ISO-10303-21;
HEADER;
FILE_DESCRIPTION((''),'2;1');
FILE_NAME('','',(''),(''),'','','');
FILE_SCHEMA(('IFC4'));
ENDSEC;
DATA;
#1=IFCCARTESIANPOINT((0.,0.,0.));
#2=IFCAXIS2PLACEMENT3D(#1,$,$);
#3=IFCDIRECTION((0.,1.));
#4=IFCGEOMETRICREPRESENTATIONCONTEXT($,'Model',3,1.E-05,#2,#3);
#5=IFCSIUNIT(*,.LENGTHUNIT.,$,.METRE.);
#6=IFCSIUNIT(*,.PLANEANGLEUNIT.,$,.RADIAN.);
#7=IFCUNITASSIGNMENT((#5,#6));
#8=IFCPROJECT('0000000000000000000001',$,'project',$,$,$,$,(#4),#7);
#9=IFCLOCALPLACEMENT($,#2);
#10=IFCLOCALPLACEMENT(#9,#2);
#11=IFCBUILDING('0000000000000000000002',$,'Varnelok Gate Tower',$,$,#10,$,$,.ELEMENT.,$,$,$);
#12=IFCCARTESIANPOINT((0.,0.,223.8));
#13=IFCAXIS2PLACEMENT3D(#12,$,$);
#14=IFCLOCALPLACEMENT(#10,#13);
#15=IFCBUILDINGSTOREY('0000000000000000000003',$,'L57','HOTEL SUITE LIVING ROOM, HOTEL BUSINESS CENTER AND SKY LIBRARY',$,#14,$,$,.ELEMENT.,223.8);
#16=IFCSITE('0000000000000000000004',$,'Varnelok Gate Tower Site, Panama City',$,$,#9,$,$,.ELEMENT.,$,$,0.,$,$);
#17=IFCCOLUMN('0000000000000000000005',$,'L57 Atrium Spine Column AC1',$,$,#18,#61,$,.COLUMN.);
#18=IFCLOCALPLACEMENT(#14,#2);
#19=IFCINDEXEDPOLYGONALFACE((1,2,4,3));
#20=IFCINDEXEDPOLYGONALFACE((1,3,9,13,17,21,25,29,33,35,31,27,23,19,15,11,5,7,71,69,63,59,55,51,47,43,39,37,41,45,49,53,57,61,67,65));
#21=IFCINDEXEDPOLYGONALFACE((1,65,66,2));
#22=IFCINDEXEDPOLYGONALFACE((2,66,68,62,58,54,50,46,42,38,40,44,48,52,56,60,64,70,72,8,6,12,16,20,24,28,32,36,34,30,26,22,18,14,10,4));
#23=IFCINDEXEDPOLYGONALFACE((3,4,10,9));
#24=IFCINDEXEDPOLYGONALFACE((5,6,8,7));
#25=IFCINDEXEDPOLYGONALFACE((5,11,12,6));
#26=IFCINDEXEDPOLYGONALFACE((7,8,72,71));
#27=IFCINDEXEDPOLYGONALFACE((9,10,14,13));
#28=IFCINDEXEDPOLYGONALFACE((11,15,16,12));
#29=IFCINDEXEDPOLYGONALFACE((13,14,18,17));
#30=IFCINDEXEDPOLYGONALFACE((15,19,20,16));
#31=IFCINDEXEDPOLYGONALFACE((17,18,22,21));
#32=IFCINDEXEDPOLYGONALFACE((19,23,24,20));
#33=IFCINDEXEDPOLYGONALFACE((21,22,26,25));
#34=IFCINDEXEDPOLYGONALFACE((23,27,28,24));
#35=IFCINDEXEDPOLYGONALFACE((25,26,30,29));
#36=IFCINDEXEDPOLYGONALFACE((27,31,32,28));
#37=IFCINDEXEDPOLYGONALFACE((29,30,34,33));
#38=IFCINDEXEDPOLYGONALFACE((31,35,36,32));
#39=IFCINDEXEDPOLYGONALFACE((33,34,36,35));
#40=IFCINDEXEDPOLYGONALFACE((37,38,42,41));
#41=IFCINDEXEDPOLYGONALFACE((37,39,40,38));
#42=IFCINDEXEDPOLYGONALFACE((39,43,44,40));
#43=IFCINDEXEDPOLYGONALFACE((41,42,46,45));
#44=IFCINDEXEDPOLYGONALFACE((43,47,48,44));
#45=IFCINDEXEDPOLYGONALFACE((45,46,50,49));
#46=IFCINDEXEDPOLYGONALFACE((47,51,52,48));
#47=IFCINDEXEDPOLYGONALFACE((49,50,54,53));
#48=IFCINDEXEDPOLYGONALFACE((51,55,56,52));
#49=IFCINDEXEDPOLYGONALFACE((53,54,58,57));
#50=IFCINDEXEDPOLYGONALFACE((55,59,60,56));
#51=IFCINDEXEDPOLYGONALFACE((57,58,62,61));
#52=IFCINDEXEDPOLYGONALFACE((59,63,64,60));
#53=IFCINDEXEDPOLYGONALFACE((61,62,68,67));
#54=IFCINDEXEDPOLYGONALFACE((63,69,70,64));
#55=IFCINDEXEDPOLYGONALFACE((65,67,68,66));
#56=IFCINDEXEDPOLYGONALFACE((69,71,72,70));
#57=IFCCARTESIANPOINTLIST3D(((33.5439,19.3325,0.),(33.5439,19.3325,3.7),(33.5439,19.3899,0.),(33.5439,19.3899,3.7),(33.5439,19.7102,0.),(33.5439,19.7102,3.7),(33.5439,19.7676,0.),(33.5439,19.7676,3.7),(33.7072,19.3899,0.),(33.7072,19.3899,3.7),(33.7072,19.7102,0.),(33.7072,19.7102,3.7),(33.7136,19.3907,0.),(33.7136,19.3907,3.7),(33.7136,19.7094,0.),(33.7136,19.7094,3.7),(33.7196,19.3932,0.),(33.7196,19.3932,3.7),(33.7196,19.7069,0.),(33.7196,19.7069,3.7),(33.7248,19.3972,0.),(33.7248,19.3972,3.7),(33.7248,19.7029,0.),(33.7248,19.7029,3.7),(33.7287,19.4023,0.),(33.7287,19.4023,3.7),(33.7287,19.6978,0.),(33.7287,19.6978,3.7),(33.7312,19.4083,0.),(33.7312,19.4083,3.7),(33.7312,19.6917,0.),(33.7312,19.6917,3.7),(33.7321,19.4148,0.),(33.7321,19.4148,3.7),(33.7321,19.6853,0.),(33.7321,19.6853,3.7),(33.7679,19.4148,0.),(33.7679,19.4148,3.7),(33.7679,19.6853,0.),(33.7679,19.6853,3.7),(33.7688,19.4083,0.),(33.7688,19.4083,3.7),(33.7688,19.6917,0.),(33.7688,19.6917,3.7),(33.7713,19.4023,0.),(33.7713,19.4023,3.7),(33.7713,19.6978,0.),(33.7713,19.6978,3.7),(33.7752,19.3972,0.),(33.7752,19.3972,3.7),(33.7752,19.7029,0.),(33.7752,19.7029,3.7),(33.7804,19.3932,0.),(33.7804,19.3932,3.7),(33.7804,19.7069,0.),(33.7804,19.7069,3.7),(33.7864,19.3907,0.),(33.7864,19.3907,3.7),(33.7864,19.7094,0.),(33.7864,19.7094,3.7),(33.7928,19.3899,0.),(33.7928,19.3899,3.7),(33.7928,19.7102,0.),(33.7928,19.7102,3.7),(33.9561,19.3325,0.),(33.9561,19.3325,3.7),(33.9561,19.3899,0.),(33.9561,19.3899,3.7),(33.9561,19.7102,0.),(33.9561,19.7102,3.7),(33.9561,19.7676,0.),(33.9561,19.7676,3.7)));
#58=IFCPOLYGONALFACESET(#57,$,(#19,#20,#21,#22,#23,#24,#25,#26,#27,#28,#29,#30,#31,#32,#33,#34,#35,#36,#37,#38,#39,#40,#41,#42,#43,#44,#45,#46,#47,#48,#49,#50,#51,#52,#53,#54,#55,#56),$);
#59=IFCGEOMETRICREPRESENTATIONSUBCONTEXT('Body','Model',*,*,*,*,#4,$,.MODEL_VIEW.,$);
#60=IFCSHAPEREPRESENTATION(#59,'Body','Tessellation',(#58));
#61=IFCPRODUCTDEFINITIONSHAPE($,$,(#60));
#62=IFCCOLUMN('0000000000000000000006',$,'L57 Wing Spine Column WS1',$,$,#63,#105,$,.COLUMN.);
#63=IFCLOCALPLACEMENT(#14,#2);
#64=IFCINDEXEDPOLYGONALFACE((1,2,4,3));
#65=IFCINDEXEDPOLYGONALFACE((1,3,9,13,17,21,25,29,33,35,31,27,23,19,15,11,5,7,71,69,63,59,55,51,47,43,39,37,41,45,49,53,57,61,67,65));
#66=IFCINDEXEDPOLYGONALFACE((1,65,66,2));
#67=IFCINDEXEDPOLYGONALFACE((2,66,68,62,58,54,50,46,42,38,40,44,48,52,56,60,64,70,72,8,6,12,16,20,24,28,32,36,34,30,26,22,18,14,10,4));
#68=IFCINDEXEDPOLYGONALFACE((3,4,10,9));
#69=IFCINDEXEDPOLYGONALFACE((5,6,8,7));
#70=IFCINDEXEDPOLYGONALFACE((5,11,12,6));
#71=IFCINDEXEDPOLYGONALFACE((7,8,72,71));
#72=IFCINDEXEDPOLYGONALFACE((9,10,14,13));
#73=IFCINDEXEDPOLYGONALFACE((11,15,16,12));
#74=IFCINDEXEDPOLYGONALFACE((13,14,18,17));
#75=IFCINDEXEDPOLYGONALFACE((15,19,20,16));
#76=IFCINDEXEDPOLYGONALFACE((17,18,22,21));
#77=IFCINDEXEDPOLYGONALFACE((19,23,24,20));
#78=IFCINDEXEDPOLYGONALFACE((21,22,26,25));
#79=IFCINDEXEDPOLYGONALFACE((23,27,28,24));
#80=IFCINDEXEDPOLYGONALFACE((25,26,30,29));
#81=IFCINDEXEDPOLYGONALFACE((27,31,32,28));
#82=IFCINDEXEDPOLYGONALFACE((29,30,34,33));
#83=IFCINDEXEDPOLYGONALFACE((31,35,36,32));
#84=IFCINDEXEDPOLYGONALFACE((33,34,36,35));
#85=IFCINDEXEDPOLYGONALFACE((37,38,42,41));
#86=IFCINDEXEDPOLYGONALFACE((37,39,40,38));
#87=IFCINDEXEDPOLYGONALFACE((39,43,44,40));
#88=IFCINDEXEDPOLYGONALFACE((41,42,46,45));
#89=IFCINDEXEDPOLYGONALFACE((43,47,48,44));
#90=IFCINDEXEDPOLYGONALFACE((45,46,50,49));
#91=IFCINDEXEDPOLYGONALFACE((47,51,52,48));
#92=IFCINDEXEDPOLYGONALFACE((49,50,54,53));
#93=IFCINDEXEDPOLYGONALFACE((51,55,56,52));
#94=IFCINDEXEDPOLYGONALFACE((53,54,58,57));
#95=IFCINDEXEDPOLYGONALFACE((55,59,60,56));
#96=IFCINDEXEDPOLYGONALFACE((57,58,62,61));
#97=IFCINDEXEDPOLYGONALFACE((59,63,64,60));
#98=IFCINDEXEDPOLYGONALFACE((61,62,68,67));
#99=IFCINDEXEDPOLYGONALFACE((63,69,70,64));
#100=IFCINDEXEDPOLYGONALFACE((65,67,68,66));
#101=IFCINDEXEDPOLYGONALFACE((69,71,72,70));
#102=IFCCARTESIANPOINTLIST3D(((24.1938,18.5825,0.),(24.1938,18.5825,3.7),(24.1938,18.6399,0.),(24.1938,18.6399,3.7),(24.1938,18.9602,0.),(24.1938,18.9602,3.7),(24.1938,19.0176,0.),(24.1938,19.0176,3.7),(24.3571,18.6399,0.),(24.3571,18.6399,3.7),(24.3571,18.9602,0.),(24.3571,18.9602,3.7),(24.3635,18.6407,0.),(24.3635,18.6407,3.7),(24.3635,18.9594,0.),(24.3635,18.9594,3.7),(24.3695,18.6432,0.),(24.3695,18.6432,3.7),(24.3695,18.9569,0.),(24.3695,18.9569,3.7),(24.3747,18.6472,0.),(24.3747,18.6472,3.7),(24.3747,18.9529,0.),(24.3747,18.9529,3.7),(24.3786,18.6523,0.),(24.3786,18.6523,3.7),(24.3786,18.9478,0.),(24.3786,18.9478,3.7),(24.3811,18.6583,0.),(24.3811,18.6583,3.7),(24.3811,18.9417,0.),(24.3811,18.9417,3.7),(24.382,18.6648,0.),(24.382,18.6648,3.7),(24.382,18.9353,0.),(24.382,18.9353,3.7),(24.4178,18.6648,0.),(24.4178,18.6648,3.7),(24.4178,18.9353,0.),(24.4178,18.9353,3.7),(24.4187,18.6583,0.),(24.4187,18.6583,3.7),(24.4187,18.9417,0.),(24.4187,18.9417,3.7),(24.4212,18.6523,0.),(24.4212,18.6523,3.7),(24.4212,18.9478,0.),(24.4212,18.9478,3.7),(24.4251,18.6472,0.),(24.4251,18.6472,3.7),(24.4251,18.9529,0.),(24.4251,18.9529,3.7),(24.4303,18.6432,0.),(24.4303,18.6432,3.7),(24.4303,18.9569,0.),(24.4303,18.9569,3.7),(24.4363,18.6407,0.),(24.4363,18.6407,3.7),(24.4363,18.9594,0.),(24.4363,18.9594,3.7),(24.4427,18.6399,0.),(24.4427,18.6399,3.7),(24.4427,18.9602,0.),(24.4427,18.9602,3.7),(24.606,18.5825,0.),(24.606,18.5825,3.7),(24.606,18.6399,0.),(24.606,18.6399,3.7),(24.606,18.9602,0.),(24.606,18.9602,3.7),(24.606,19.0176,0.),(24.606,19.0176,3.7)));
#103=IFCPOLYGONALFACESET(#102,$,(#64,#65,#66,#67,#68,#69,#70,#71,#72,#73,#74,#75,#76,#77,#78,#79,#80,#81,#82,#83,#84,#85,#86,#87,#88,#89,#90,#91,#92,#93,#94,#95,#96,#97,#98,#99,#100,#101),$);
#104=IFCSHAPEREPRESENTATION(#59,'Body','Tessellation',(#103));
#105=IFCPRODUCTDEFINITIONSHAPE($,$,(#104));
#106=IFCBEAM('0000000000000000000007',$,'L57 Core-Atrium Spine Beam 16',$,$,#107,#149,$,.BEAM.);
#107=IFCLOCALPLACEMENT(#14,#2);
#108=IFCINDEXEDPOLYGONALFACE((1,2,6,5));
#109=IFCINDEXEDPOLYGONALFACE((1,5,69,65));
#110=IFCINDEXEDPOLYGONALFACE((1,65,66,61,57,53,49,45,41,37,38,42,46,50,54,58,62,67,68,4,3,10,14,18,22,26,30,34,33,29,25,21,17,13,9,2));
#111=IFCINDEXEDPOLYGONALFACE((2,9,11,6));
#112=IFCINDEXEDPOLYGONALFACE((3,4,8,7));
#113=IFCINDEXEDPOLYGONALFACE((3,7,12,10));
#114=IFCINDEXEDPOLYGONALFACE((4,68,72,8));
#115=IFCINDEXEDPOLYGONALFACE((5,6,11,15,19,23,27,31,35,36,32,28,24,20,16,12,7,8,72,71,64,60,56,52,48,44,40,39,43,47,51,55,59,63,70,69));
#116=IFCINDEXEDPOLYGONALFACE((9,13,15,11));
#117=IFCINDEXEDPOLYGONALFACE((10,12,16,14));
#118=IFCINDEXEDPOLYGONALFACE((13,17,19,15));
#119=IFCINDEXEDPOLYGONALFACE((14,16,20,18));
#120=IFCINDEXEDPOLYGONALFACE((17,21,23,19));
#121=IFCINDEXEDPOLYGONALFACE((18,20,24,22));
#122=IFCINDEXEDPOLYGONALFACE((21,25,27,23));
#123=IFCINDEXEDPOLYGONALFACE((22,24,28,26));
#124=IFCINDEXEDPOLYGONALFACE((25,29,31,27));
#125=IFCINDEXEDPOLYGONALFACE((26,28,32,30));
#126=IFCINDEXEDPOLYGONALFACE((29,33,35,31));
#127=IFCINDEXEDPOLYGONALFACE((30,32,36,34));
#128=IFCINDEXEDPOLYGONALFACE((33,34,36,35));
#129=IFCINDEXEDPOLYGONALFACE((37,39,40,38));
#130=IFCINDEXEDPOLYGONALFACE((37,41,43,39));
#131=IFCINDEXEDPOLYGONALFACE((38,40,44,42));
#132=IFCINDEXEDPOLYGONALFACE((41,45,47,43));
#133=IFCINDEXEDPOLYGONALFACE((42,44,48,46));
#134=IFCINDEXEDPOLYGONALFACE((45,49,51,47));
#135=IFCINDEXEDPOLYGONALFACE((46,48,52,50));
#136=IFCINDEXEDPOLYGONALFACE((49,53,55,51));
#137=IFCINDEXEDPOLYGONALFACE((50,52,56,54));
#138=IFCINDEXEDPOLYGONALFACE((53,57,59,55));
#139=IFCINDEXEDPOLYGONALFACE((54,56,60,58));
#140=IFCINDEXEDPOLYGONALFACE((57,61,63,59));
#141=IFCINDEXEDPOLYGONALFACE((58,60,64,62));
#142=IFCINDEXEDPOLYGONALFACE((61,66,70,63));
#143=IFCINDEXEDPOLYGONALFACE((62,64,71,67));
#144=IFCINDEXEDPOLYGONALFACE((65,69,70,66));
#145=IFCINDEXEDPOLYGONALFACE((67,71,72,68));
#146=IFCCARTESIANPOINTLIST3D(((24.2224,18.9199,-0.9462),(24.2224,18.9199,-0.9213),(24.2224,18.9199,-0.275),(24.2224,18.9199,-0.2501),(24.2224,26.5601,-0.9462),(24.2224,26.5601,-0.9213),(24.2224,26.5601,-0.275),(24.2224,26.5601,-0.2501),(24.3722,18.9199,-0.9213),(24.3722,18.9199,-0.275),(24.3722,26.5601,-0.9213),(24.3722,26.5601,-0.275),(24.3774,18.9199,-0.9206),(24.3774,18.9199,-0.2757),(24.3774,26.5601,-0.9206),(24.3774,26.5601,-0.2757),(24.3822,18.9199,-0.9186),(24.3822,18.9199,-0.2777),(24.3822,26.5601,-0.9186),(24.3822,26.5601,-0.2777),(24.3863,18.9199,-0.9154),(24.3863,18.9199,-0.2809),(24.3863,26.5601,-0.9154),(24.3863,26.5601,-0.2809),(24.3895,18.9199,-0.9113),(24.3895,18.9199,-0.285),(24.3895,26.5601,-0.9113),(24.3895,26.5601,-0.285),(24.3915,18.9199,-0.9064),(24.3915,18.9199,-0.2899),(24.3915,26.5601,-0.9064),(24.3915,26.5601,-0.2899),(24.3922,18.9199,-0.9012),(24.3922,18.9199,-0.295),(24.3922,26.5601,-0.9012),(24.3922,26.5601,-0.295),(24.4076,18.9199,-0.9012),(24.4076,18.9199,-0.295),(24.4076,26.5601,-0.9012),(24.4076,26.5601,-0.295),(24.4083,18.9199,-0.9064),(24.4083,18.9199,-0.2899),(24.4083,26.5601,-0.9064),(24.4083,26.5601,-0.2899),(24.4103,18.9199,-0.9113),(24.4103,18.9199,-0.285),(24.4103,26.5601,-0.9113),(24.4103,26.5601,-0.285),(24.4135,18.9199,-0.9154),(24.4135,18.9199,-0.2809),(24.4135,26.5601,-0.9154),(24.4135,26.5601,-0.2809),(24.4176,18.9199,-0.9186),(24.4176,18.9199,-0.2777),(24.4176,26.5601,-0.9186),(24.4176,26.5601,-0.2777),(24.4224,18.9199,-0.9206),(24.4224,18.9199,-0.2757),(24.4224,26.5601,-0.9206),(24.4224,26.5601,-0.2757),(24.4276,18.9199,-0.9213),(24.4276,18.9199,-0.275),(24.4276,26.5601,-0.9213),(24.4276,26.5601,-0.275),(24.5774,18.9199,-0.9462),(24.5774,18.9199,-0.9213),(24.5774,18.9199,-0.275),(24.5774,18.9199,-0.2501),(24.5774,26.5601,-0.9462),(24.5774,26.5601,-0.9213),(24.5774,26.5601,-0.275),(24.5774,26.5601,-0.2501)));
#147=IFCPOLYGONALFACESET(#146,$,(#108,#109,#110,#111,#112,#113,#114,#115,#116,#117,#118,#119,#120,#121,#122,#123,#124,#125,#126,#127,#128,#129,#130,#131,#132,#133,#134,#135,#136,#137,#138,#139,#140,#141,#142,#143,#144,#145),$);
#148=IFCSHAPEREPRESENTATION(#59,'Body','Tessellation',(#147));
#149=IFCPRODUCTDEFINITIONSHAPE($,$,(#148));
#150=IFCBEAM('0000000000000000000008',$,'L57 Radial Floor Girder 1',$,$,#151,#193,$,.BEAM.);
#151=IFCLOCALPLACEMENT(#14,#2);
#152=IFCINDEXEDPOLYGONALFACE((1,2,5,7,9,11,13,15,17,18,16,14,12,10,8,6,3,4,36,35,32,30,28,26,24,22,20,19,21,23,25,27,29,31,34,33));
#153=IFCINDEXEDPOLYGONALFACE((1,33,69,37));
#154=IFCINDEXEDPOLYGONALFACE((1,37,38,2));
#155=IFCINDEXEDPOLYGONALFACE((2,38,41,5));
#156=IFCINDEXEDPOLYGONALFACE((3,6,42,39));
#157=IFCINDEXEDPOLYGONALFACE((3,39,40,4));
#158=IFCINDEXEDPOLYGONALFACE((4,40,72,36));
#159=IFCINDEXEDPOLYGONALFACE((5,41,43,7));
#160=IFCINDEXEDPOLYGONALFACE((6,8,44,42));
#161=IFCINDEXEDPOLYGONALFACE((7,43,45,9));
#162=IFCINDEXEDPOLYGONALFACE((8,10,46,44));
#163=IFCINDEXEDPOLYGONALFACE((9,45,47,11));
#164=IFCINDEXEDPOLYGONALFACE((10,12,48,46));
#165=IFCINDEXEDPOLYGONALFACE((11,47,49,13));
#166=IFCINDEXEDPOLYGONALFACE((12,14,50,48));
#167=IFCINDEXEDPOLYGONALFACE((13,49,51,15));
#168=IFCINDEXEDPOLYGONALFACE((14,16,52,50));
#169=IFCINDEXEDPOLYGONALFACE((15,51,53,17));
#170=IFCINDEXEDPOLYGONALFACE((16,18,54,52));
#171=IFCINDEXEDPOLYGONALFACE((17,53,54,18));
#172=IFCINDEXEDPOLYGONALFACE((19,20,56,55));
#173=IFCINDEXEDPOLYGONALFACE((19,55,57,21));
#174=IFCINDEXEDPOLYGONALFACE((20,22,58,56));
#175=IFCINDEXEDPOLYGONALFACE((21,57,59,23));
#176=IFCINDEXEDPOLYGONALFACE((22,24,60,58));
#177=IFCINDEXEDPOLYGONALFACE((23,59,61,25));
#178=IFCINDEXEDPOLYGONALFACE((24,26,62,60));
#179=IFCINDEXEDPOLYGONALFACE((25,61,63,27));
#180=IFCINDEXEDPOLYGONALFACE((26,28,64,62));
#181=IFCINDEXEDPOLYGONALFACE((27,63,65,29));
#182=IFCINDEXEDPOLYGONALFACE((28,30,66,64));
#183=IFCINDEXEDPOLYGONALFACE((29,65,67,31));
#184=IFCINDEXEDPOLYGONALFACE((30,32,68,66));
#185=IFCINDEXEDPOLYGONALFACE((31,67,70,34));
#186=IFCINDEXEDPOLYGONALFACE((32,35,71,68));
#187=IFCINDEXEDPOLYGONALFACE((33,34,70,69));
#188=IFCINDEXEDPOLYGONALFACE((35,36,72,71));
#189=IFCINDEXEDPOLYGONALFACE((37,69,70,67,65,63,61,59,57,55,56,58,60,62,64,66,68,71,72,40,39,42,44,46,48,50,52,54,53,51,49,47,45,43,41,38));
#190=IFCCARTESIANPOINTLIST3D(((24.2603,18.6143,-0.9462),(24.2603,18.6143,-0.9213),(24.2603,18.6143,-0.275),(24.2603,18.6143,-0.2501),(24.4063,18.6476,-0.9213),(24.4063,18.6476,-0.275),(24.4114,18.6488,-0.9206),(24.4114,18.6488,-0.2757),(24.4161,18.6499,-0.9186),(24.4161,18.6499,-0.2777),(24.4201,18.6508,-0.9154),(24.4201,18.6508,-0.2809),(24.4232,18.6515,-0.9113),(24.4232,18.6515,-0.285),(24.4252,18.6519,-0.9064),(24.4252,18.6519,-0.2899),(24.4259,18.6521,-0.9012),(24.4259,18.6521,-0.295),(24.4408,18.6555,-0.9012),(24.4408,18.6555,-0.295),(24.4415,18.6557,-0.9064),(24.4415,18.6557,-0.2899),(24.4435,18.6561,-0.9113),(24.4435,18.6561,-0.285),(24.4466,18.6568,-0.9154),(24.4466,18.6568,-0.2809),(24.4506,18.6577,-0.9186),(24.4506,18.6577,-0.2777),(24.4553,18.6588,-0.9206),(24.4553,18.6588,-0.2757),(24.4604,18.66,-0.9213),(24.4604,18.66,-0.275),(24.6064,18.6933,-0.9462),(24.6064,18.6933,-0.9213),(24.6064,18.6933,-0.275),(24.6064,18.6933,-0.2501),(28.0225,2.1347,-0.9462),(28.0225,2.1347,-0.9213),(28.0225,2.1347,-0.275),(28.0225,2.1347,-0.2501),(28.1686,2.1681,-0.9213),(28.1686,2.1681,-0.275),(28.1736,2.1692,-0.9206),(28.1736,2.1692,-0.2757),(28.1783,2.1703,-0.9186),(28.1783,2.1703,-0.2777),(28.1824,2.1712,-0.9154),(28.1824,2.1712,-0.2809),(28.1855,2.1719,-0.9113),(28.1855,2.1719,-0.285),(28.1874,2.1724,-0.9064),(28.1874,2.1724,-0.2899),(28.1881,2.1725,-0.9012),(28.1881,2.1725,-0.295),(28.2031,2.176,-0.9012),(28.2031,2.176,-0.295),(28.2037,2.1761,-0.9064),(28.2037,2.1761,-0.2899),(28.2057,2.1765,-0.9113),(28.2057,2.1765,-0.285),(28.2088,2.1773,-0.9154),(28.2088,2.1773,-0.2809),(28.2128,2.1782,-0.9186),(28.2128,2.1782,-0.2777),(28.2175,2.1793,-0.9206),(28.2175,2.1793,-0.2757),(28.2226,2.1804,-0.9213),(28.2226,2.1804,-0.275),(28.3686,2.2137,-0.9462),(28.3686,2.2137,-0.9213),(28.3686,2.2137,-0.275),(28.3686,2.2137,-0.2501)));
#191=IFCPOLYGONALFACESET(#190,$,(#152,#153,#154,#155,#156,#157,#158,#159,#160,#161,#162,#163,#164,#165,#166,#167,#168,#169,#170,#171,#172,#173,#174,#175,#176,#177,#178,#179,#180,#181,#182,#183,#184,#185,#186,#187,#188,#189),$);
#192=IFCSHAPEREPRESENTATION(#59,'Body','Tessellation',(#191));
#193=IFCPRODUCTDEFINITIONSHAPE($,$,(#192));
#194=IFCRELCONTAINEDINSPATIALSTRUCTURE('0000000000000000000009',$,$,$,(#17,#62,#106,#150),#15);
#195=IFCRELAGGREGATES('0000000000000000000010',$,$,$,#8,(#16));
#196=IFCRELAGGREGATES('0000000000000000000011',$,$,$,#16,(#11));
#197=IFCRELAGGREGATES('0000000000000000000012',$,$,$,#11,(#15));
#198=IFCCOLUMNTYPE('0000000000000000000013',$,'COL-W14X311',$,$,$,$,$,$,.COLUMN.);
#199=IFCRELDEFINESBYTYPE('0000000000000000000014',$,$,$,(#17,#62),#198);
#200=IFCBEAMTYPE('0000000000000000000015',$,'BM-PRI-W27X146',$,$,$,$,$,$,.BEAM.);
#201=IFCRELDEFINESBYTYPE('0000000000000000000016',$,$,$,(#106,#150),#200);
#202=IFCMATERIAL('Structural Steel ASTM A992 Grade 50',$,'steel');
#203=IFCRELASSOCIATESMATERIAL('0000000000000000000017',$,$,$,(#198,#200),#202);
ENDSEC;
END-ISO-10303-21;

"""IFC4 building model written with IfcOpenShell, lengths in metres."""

from ifc_helpers import new_model, si_unit, direction, frame, origin, origin_2d, place, context, subcontext, project, spatial, i_section, extrude, material, material_profile, profile_set, type_object, element, save


model = new_model("IFC4")

# Units and contexts
model_context = context("Model", 3, precision=1e-05, world=origin(), true_north=direction((0.0, 1.0)))
body_context = subcontext(model_context, "Body", "Model", "MODEL_VIEW")
ifc_project = project(units=[si_unit("LENGTHUNIT", "METRE"), si_unit("PLANEANGLEUNIT", "RADIAN")], contexts=[model_context])

# Site, building, storey
site_placement = place(None, origin())
site = spatial("IfcSite", under=ifc_project, at=site_placement, Name="Varnelok Gate Tower Site, Panama City", CompositionType="ELEMENT", RefElevation=0.0)
building_placement = place(site_placement, origin())
building = spatial("IfcBuilding", under=site, at=building_placement, Name="Varnelok Gate Tower", CompositionType="ELEMENT")
storey_placement = place(building_placement, frame((0.0, 0.0, 223.8)))
storey = spatial("IfcBuildingStorey", under=building, at=storey_placement, Name="L57", Description="HOTEL SUITE LIVING ROOM, HOTEL BUSINESS CENTER AND SKY LIBRARY", CompositionType="ELEMENT", Elevation=223.8)

# Columns
ifc_material_1 = material(Name="Structural Steel ASTM A992 Grade 50", Category="steel")
ifc_material_profile_1 = material_profile(ifc_material_1, i_section(OverallWidth=0.4121, OverallDepth=0.4351, WebThickness=0.0359, FlangeThickness=0.0574, FilletRadius=0.0249, at=origin_2d()), Name="W14X311")
ifc_profile_set_1 = profile_set([ifc_material_profile_1], Name="Structural Steel ASTM A992 Grade 50")
column_type = type_object("IfcColumnType", Name="COL-W14X311", PredefinedType="COLUMN", material=ifc_profile_set_1)
for number, where, z_axis, x_axis, name in (
    (1, (33.75, 19.55, 0.0), (0.0, 0.0, 1.0), (1.0, 0.0, 0.0), "L57 Atrium Spine Column AC1"),
    (2, (24.3999, 18.8, 0.0), (0.0, 0.0, 1.0), (1.0, 0.0, 0.0), "L57 Wing Spine Column WS1"),
):
    element("IfcColumn", number, at=place(storey_placement, frame(where, z_axis=z_axis, x_axis=x_axis)), inside=storey, type_object=column_type, Name=name, PredefinedType="COLUMN", context=body_context, shape_type="SweptSolid", body=[
        extrude(i_section(OverallWidth=0.4121, OverallDepth=0.4351, WebThickness=0.0359, FlangeThickness=0.0574, FilletRadius=0.0249, at=origin_2d()), origin(), (0.0, 0.0, 1.0), 3.7),
    ])

# Beams
ifc_material_profile_2 = material_profile(ifc_material_1, i_section(OverallWidth=0.355, OverallDepth=0.696, WebThickness=0.0154, FlangeThickness=0.0249, FilletRadius=0.02, at=origin_2d()), Name="W27X146")
ifc_profile_set_2 = profile_set([ifc_material_profile_2], Name="Structural Steel ASTM A992 Grade 50")
beam_type_1 = type_object("IfcBeamType", Name="BM-PRI-W27X146", PredefinedType="BEAM", material=ifc_profile_set_2)
beam_1_placement = place(storey_placement, frame((24.3999, 18.9199, -0.5981), z_axis=(0.0, 1.0, 0.0), x_axis=(-1.0, 0.0, 0.0)))
element("IfcBeam", 3, at=beam_1_placement, inside=storey, type_object=beam_type_1, Name="L57 Core-Atrium Spine Beam 16", PredefinedType="BEAM", context=body_context, shape_type="SweptSolid", body=[
    extrude(i_section(OverallWidth=0.355, OverallDepth=0.696, WebThickness=0.0154, FlangeThickness=0.0249, FilletRadius=0.02, at=origin_2d()), origin(), (0.0, 0.0, 1.0), 7.6401),
])
beam_2_placement = place(storey_placement, frame((24.4333, 18.6538, -0.5981), z_axis=(0.22257, -0.974917, 0.0), x_axis=(0.974917, 0.22257, 0.0)))
element("IfcBeam", 4, at=beam_2_placement, inside=storey, type_object=beam_type_1, Name="L57 Radial Floor Girder 1", PredefinedType="BEAM", context=body_context, shape_type="SweptSolid", body=[
    extrude(i_section(OverallWidth=0.355, OverallDepth=0.696, WebThickness=0.0154, FlangeThickness=0.0249, FilletRadius=0.02, at=origin_2d()), origin(), (0.0, 0.0, 1.0), 16.9036),
])

save(model, "model.ifc")
